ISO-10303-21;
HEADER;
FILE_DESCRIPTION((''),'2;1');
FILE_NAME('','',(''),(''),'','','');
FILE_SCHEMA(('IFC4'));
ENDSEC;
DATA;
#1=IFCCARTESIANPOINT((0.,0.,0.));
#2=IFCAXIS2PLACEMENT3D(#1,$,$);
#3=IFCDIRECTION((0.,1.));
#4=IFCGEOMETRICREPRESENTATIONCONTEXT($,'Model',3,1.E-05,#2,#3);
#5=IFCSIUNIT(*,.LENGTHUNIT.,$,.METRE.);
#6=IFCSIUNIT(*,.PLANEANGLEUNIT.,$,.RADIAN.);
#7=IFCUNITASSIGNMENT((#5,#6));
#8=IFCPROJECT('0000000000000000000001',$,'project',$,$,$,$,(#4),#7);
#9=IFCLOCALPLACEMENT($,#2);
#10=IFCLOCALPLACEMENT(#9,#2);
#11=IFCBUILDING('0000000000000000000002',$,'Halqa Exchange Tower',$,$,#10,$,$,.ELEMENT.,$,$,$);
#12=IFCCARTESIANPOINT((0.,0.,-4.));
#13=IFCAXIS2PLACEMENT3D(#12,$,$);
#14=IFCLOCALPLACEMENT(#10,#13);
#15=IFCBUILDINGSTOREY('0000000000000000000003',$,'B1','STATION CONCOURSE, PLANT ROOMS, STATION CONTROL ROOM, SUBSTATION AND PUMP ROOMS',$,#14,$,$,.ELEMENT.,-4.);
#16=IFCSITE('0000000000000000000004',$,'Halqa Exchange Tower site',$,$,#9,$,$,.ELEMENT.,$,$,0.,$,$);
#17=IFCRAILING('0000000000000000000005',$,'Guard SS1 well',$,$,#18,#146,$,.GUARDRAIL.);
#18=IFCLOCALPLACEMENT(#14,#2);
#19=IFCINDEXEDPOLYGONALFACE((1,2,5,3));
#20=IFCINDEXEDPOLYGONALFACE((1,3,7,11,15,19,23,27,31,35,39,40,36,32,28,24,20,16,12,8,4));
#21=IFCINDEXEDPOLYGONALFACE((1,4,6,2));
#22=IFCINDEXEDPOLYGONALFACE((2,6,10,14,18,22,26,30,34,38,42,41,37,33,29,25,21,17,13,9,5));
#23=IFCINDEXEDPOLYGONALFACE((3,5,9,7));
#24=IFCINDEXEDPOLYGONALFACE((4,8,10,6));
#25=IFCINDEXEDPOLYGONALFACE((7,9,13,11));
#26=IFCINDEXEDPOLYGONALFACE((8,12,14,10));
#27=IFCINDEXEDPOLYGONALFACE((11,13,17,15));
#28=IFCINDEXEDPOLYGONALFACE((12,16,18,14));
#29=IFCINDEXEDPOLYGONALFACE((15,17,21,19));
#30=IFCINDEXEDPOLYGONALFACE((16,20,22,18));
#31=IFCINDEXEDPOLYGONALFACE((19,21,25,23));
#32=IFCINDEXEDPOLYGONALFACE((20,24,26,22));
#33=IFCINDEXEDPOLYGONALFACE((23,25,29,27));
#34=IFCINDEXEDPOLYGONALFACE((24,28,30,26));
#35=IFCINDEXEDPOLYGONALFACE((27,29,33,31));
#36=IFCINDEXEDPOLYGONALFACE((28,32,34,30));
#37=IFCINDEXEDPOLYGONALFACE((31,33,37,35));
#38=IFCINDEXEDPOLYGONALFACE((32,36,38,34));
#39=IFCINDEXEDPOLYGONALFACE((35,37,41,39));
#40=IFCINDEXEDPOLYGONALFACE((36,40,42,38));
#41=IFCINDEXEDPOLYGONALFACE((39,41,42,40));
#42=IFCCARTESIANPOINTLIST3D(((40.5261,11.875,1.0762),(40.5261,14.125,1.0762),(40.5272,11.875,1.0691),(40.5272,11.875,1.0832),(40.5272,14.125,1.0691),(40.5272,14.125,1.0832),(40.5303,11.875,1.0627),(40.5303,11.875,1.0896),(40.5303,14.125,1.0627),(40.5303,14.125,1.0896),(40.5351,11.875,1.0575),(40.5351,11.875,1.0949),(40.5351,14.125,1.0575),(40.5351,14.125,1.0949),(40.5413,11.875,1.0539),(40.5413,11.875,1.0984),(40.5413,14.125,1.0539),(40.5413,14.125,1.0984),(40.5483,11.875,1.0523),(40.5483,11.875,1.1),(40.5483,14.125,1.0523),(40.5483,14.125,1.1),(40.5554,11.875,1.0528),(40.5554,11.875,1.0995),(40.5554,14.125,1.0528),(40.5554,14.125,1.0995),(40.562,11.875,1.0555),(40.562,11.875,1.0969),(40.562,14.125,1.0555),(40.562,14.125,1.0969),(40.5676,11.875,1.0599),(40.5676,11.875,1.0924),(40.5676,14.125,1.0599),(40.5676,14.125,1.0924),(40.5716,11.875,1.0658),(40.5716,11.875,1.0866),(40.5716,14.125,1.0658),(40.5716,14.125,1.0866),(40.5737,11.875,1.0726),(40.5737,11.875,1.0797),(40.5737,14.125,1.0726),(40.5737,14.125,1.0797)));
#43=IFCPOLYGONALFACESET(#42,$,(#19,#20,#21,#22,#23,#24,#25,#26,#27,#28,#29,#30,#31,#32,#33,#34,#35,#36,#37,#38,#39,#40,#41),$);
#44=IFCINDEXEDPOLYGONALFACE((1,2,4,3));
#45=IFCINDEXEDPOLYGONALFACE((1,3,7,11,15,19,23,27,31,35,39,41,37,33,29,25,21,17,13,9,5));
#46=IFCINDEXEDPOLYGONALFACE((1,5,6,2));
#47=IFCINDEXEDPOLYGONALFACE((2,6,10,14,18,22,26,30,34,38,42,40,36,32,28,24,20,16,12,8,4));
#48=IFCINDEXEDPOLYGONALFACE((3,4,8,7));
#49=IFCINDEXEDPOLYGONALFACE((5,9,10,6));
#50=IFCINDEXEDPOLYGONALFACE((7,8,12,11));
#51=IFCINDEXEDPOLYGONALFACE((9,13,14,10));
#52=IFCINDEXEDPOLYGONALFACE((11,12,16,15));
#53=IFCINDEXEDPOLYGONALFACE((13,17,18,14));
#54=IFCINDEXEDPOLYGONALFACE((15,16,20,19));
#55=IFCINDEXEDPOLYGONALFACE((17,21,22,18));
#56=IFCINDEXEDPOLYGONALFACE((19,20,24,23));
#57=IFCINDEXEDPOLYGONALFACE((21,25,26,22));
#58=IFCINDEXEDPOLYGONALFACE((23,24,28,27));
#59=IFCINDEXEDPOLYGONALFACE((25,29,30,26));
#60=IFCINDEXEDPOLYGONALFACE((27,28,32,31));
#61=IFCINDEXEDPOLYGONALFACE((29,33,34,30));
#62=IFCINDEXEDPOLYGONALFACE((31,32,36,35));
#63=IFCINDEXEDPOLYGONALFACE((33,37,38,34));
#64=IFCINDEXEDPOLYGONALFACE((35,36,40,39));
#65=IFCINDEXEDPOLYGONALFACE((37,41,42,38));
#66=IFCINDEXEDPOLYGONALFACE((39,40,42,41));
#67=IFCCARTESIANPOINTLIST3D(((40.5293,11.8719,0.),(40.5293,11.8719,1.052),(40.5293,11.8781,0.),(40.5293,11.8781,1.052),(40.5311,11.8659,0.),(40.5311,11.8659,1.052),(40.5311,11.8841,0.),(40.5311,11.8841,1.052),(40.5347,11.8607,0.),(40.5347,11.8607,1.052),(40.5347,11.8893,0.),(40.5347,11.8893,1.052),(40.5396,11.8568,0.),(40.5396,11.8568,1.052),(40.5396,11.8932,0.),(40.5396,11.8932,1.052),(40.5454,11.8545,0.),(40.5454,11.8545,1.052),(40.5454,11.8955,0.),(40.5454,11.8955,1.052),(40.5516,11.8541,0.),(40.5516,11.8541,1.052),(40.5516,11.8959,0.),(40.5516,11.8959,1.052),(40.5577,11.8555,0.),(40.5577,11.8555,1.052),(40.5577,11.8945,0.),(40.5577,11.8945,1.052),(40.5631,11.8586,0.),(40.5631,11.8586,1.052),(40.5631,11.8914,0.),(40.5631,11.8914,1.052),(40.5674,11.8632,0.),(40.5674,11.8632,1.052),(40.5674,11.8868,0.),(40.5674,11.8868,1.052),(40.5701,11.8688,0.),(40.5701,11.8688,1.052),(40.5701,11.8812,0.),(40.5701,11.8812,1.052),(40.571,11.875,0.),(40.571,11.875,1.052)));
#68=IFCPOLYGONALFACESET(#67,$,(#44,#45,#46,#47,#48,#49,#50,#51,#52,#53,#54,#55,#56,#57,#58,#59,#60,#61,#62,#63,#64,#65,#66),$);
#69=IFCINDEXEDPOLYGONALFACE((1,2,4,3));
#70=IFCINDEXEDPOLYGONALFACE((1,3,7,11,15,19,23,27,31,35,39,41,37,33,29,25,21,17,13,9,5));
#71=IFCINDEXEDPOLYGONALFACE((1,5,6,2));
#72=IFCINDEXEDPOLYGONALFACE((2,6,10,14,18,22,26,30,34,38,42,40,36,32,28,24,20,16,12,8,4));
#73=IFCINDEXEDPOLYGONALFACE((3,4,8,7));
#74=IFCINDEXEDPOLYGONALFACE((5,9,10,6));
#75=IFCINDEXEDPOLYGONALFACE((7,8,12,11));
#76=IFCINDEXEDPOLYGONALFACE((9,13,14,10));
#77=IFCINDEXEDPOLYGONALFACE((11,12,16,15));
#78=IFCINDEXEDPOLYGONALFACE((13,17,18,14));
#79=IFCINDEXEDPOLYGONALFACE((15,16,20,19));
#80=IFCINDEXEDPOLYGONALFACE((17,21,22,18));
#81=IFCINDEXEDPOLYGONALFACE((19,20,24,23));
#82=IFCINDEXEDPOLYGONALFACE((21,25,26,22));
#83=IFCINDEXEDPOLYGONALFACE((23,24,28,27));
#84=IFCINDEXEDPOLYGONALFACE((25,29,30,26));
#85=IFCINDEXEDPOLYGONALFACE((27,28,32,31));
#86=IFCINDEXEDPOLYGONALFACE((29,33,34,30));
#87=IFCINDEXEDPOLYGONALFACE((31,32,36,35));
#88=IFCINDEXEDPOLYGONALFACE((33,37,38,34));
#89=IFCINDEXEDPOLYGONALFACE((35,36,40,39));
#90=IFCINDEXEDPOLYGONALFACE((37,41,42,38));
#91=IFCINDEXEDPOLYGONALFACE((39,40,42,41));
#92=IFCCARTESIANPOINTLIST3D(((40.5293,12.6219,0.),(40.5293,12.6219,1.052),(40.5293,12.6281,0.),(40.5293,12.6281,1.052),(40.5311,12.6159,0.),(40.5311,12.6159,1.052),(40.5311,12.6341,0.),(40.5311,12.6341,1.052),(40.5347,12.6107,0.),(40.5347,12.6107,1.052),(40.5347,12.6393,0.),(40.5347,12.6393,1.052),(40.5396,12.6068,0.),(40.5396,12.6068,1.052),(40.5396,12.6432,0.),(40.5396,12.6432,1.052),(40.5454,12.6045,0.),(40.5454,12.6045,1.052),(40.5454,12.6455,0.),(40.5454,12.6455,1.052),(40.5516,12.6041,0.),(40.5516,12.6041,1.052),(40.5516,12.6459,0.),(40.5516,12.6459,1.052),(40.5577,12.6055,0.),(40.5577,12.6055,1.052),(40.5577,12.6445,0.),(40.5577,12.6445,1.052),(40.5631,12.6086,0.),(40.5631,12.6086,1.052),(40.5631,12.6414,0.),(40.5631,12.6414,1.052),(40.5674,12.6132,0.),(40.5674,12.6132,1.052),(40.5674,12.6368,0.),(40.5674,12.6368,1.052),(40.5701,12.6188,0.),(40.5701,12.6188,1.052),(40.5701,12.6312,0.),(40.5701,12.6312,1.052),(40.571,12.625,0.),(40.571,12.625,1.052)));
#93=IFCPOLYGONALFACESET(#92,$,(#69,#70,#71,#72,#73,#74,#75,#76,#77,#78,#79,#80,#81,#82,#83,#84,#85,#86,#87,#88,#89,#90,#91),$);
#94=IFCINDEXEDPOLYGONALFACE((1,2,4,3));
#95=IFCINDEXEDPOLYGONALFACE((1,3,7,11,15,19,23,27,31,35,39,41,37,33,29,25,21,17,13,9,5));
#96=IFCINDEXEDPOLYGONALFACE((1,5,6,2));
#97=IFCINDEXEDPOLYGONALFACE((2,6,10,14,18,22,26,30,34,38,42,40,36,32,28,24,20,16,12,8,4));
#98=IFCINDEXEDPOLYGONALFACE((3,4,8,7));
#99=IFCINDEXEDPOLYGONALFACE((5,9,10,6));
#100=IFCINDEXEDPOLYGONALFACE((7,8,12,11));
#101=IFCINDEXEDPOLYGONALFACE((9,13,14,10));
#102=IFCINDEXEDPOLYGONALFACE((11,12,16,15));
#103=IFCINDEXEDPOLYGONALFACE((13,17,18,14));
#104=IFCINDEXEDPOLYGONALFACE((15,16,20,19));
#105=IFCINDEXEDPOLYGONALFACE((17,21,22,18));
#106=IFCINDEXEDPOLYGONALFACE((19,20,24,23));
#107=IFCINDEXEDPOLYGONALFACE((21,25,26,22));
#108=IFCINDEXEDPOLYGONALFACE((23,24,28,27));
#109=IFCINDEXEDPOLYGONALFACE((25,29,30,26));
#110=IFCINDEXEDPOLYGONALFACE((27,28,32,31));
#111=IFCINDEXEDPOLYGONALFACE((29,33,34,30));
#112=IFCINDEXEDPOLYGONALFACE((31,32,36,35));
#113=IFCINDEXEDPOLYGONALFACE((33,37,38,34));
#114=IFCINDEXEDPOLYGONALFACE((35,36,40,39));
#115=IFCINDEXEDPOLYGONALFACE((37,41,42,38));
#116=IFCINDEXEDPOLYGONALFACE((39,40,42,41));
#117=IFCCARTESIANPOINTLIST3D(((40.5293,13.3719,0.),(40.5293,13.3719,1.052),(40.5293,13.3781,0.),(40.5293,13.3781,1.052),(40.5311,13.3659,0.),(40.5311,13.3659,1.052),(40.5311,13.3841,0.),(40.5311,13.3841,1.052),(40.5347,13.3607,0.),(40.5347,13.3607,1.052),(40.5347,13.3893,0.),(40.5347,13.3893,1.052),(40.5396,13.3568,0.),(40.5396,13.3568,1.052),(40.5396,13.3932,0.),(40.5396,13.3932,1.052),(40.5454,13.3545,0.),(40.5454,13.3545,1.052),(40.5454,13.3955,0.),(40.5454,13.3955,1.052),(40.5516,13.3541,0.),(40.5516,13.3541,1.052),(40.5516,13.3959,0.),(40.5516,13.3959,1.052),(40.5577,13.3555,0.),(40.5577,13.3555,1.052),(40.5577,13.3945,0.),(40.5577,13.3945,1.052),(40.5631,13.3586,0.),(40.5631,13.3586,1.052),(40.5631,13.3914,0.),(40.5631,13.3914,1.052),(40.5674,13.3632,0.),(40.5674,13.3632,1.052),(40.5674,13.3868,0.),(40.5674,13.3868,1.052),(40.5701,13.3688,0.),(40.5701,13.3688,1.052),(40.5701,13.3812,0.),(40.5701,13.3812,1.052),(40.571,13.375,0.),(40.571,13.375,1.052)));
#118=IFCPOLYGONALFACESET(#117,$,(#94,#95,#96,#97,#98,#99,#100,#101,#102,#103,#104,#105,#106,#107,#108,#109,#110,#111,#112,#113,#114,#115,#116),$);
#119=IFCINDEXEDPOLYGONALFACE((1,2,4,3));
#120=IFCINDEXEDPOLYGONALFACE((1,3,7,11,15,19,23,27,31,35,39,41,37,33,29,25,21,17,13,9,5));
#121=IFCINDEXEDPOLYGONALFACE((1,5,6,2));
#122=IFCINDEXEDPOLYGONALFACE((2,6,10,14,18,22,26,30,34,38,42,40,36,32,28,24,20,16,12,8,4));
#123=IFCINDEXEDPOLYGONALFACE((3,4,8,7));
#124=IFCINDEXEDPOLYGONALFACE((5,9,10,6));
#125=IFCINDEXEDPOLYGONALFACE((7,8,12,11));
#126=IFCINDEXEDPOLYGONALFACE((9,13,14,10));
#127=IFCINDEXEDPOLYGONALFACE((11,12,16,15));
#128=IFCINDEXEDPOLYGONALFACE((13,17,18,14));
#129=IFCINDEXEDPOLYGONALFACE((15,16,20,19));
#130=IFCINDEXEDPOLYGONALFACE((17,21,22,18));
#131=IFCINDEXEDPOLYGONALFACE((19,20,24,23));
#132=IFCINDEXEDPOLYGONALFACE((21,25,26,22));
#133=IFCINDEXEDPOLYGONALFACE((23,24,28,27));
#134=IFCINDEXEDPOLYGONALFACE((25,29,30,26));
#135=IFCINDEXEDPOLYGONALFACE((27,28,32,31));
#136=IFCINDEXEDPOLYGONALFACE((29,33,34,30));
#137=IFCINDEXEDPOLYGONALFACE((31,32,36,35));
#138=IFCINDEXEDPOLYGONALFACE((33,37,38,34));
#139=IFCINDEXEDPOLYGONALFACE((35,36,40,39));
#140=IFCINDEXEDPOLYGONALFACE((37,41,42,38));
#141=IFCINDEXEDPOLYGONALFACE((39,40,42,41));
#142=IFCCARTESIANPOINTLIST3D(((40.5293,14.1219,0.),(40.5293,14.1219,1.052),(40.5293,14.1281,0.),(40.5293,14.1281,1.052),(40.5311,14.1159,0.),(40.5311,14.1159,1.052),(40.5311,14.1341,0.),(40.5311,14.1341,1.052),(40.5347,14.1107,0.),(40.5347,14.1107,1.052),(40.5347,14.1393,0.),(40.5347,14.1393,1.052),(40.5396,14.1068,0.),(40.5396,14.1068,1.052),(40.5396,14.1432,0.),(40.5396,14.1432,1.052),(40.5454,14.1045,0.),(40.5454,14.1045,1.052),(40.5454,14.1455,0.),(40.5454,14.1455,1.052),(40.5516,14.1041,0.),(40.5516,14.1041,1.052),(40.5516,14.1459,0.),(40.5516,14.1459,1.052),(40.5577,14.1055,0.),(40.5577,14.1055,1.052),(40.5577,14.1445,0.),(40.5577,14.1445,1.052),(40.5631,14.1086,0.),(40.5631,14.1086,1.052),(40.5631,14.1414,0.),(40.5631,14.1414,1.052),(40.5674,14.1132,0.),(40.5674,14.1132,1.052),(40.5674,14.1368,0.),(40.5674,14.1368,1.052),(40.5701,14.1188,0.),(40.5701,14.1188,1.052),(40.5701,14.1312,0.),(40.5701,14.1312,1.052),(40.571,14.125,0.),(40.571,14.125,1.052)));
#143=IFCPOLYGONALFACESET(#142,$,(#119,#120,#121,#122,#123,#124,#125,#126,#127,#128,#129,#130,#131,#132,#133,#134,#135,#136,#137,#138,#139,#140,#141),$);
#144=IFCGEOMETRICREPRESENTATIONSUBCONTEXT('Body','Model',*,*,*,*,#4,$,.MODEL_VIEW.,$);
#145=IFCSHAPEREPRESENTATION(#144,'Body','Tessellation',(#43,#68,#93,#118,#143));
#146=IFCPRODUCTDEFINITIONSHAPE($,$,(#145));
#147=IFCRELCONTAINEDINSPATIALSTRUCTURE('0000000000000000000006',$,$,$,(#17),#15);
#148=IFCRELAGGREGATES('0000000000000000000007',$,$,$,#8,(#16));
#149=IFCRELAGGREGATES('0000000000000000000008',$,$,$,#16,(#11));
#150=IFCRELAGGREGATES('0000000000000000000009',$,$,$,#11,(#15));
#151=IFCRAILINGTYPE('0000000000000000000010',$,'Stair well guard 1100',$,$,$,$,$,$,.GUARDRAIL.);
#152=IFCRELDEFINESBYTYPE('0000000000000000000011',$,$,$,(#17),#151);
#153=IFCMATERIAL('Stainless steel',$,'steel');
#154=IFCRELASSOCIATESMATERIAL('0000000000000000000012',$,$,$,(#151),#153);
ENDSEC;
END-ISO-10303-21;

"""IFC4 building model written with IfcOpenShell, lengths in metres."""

from ifc_helpers import new_model, si_unit, direction, frame, origin, origin_2d, place, context, subcontext, project, spatial, circle, extrude, material, type_object, element, save


model = new_model("IFC4")

# Units and contexts
model_context = context("Model", 3, precision=1e-05, world=origin(), true_north=direction((0.0, 1.0)))
body_context = subcontext(model_context, "Body", "Model", "MODEL_VIEW")
ifc_project = project(units=[si_unit("LENGTHUNIT", "METRE"), si_unit("PLANEANGLEUNIT", "RADIAN")], contexts=[model_context])

# Site, building, storey
site_placement = place(None, origin())
site = spatial("IfcSite", under=ifc_project, at=site_placement, Name="Halqa Exchange Tower site", CompositionType="ELEMENT", RefElevation=0.0)
building_placement = place(site_placement, origin())
building = spatial("IfcBuilding", under=site, at=building_placement, Name="Halqa Exchange Tower", CompositionType="ELEMENT")
storey_placement = place(building_placement, frame((0.0, 0.0, -4.0)))
storey = spatial("IfcBuildingStorey", under=building, at=storey_placement, Name="B1", Description="STATION CONCOURSE, PLANT ROOMS, STATION CONTROL ROOM, SUBSTATION AND PUMP ROOMS", CompositionType="ELEMENT", Elevation=-4.0)

# Railing
ifc_material_1 = material(Name="Stainless steel", Category="steel")
railing_type_1 = type_object("IfcRailingType", Name="Stair well guard 1100", PredefinedType="GUARDRAIL", material=ifc_material_1)
railing_1_placement = place(storey_placement, frame((40.55, 11.875, 0.0)))
element("IfcRailing", 1, at=railing_1_placement, inside=storey, type_object=railing_type_1, Name="Guard SS1 well", PredefinedType="GUARDRAIL", context=body_context, shape_type="SweptSolid", body=[
    extrude(circle(Radius=0.0239, at=origin_2d()), frame((0.0, 0.0, 1.0762), z_axis=(0.0, 1.0, 0.0), x_axis=(-1.0, 0.0, 0.0)), (0.0, 0.0, 1.0), 2.25),
    extrude(circle(Radius=0.021, at=origin_2d()), origin(), (0.0, 0.0, 1.0), 1.052),
    extrude(circle(Radius=0.021, at=origin_2d()), frame((0.0, 0.75, 0.0)), (0.0, 0.0, 1.0), 1.052),
    extrude(circle(Radius=0.021, at=origin_2d()), frame((0.0, 1.5, 0.0)), (0.0, 0.0, 1.0), 1.052),
    extrude(circle(Radius=0.021, at=origin_2d()), frame((0.0, 2.25, 0.0)), (0.0, 0.0, 1.0), 1.052),
])

save(model, "model.ifc")
